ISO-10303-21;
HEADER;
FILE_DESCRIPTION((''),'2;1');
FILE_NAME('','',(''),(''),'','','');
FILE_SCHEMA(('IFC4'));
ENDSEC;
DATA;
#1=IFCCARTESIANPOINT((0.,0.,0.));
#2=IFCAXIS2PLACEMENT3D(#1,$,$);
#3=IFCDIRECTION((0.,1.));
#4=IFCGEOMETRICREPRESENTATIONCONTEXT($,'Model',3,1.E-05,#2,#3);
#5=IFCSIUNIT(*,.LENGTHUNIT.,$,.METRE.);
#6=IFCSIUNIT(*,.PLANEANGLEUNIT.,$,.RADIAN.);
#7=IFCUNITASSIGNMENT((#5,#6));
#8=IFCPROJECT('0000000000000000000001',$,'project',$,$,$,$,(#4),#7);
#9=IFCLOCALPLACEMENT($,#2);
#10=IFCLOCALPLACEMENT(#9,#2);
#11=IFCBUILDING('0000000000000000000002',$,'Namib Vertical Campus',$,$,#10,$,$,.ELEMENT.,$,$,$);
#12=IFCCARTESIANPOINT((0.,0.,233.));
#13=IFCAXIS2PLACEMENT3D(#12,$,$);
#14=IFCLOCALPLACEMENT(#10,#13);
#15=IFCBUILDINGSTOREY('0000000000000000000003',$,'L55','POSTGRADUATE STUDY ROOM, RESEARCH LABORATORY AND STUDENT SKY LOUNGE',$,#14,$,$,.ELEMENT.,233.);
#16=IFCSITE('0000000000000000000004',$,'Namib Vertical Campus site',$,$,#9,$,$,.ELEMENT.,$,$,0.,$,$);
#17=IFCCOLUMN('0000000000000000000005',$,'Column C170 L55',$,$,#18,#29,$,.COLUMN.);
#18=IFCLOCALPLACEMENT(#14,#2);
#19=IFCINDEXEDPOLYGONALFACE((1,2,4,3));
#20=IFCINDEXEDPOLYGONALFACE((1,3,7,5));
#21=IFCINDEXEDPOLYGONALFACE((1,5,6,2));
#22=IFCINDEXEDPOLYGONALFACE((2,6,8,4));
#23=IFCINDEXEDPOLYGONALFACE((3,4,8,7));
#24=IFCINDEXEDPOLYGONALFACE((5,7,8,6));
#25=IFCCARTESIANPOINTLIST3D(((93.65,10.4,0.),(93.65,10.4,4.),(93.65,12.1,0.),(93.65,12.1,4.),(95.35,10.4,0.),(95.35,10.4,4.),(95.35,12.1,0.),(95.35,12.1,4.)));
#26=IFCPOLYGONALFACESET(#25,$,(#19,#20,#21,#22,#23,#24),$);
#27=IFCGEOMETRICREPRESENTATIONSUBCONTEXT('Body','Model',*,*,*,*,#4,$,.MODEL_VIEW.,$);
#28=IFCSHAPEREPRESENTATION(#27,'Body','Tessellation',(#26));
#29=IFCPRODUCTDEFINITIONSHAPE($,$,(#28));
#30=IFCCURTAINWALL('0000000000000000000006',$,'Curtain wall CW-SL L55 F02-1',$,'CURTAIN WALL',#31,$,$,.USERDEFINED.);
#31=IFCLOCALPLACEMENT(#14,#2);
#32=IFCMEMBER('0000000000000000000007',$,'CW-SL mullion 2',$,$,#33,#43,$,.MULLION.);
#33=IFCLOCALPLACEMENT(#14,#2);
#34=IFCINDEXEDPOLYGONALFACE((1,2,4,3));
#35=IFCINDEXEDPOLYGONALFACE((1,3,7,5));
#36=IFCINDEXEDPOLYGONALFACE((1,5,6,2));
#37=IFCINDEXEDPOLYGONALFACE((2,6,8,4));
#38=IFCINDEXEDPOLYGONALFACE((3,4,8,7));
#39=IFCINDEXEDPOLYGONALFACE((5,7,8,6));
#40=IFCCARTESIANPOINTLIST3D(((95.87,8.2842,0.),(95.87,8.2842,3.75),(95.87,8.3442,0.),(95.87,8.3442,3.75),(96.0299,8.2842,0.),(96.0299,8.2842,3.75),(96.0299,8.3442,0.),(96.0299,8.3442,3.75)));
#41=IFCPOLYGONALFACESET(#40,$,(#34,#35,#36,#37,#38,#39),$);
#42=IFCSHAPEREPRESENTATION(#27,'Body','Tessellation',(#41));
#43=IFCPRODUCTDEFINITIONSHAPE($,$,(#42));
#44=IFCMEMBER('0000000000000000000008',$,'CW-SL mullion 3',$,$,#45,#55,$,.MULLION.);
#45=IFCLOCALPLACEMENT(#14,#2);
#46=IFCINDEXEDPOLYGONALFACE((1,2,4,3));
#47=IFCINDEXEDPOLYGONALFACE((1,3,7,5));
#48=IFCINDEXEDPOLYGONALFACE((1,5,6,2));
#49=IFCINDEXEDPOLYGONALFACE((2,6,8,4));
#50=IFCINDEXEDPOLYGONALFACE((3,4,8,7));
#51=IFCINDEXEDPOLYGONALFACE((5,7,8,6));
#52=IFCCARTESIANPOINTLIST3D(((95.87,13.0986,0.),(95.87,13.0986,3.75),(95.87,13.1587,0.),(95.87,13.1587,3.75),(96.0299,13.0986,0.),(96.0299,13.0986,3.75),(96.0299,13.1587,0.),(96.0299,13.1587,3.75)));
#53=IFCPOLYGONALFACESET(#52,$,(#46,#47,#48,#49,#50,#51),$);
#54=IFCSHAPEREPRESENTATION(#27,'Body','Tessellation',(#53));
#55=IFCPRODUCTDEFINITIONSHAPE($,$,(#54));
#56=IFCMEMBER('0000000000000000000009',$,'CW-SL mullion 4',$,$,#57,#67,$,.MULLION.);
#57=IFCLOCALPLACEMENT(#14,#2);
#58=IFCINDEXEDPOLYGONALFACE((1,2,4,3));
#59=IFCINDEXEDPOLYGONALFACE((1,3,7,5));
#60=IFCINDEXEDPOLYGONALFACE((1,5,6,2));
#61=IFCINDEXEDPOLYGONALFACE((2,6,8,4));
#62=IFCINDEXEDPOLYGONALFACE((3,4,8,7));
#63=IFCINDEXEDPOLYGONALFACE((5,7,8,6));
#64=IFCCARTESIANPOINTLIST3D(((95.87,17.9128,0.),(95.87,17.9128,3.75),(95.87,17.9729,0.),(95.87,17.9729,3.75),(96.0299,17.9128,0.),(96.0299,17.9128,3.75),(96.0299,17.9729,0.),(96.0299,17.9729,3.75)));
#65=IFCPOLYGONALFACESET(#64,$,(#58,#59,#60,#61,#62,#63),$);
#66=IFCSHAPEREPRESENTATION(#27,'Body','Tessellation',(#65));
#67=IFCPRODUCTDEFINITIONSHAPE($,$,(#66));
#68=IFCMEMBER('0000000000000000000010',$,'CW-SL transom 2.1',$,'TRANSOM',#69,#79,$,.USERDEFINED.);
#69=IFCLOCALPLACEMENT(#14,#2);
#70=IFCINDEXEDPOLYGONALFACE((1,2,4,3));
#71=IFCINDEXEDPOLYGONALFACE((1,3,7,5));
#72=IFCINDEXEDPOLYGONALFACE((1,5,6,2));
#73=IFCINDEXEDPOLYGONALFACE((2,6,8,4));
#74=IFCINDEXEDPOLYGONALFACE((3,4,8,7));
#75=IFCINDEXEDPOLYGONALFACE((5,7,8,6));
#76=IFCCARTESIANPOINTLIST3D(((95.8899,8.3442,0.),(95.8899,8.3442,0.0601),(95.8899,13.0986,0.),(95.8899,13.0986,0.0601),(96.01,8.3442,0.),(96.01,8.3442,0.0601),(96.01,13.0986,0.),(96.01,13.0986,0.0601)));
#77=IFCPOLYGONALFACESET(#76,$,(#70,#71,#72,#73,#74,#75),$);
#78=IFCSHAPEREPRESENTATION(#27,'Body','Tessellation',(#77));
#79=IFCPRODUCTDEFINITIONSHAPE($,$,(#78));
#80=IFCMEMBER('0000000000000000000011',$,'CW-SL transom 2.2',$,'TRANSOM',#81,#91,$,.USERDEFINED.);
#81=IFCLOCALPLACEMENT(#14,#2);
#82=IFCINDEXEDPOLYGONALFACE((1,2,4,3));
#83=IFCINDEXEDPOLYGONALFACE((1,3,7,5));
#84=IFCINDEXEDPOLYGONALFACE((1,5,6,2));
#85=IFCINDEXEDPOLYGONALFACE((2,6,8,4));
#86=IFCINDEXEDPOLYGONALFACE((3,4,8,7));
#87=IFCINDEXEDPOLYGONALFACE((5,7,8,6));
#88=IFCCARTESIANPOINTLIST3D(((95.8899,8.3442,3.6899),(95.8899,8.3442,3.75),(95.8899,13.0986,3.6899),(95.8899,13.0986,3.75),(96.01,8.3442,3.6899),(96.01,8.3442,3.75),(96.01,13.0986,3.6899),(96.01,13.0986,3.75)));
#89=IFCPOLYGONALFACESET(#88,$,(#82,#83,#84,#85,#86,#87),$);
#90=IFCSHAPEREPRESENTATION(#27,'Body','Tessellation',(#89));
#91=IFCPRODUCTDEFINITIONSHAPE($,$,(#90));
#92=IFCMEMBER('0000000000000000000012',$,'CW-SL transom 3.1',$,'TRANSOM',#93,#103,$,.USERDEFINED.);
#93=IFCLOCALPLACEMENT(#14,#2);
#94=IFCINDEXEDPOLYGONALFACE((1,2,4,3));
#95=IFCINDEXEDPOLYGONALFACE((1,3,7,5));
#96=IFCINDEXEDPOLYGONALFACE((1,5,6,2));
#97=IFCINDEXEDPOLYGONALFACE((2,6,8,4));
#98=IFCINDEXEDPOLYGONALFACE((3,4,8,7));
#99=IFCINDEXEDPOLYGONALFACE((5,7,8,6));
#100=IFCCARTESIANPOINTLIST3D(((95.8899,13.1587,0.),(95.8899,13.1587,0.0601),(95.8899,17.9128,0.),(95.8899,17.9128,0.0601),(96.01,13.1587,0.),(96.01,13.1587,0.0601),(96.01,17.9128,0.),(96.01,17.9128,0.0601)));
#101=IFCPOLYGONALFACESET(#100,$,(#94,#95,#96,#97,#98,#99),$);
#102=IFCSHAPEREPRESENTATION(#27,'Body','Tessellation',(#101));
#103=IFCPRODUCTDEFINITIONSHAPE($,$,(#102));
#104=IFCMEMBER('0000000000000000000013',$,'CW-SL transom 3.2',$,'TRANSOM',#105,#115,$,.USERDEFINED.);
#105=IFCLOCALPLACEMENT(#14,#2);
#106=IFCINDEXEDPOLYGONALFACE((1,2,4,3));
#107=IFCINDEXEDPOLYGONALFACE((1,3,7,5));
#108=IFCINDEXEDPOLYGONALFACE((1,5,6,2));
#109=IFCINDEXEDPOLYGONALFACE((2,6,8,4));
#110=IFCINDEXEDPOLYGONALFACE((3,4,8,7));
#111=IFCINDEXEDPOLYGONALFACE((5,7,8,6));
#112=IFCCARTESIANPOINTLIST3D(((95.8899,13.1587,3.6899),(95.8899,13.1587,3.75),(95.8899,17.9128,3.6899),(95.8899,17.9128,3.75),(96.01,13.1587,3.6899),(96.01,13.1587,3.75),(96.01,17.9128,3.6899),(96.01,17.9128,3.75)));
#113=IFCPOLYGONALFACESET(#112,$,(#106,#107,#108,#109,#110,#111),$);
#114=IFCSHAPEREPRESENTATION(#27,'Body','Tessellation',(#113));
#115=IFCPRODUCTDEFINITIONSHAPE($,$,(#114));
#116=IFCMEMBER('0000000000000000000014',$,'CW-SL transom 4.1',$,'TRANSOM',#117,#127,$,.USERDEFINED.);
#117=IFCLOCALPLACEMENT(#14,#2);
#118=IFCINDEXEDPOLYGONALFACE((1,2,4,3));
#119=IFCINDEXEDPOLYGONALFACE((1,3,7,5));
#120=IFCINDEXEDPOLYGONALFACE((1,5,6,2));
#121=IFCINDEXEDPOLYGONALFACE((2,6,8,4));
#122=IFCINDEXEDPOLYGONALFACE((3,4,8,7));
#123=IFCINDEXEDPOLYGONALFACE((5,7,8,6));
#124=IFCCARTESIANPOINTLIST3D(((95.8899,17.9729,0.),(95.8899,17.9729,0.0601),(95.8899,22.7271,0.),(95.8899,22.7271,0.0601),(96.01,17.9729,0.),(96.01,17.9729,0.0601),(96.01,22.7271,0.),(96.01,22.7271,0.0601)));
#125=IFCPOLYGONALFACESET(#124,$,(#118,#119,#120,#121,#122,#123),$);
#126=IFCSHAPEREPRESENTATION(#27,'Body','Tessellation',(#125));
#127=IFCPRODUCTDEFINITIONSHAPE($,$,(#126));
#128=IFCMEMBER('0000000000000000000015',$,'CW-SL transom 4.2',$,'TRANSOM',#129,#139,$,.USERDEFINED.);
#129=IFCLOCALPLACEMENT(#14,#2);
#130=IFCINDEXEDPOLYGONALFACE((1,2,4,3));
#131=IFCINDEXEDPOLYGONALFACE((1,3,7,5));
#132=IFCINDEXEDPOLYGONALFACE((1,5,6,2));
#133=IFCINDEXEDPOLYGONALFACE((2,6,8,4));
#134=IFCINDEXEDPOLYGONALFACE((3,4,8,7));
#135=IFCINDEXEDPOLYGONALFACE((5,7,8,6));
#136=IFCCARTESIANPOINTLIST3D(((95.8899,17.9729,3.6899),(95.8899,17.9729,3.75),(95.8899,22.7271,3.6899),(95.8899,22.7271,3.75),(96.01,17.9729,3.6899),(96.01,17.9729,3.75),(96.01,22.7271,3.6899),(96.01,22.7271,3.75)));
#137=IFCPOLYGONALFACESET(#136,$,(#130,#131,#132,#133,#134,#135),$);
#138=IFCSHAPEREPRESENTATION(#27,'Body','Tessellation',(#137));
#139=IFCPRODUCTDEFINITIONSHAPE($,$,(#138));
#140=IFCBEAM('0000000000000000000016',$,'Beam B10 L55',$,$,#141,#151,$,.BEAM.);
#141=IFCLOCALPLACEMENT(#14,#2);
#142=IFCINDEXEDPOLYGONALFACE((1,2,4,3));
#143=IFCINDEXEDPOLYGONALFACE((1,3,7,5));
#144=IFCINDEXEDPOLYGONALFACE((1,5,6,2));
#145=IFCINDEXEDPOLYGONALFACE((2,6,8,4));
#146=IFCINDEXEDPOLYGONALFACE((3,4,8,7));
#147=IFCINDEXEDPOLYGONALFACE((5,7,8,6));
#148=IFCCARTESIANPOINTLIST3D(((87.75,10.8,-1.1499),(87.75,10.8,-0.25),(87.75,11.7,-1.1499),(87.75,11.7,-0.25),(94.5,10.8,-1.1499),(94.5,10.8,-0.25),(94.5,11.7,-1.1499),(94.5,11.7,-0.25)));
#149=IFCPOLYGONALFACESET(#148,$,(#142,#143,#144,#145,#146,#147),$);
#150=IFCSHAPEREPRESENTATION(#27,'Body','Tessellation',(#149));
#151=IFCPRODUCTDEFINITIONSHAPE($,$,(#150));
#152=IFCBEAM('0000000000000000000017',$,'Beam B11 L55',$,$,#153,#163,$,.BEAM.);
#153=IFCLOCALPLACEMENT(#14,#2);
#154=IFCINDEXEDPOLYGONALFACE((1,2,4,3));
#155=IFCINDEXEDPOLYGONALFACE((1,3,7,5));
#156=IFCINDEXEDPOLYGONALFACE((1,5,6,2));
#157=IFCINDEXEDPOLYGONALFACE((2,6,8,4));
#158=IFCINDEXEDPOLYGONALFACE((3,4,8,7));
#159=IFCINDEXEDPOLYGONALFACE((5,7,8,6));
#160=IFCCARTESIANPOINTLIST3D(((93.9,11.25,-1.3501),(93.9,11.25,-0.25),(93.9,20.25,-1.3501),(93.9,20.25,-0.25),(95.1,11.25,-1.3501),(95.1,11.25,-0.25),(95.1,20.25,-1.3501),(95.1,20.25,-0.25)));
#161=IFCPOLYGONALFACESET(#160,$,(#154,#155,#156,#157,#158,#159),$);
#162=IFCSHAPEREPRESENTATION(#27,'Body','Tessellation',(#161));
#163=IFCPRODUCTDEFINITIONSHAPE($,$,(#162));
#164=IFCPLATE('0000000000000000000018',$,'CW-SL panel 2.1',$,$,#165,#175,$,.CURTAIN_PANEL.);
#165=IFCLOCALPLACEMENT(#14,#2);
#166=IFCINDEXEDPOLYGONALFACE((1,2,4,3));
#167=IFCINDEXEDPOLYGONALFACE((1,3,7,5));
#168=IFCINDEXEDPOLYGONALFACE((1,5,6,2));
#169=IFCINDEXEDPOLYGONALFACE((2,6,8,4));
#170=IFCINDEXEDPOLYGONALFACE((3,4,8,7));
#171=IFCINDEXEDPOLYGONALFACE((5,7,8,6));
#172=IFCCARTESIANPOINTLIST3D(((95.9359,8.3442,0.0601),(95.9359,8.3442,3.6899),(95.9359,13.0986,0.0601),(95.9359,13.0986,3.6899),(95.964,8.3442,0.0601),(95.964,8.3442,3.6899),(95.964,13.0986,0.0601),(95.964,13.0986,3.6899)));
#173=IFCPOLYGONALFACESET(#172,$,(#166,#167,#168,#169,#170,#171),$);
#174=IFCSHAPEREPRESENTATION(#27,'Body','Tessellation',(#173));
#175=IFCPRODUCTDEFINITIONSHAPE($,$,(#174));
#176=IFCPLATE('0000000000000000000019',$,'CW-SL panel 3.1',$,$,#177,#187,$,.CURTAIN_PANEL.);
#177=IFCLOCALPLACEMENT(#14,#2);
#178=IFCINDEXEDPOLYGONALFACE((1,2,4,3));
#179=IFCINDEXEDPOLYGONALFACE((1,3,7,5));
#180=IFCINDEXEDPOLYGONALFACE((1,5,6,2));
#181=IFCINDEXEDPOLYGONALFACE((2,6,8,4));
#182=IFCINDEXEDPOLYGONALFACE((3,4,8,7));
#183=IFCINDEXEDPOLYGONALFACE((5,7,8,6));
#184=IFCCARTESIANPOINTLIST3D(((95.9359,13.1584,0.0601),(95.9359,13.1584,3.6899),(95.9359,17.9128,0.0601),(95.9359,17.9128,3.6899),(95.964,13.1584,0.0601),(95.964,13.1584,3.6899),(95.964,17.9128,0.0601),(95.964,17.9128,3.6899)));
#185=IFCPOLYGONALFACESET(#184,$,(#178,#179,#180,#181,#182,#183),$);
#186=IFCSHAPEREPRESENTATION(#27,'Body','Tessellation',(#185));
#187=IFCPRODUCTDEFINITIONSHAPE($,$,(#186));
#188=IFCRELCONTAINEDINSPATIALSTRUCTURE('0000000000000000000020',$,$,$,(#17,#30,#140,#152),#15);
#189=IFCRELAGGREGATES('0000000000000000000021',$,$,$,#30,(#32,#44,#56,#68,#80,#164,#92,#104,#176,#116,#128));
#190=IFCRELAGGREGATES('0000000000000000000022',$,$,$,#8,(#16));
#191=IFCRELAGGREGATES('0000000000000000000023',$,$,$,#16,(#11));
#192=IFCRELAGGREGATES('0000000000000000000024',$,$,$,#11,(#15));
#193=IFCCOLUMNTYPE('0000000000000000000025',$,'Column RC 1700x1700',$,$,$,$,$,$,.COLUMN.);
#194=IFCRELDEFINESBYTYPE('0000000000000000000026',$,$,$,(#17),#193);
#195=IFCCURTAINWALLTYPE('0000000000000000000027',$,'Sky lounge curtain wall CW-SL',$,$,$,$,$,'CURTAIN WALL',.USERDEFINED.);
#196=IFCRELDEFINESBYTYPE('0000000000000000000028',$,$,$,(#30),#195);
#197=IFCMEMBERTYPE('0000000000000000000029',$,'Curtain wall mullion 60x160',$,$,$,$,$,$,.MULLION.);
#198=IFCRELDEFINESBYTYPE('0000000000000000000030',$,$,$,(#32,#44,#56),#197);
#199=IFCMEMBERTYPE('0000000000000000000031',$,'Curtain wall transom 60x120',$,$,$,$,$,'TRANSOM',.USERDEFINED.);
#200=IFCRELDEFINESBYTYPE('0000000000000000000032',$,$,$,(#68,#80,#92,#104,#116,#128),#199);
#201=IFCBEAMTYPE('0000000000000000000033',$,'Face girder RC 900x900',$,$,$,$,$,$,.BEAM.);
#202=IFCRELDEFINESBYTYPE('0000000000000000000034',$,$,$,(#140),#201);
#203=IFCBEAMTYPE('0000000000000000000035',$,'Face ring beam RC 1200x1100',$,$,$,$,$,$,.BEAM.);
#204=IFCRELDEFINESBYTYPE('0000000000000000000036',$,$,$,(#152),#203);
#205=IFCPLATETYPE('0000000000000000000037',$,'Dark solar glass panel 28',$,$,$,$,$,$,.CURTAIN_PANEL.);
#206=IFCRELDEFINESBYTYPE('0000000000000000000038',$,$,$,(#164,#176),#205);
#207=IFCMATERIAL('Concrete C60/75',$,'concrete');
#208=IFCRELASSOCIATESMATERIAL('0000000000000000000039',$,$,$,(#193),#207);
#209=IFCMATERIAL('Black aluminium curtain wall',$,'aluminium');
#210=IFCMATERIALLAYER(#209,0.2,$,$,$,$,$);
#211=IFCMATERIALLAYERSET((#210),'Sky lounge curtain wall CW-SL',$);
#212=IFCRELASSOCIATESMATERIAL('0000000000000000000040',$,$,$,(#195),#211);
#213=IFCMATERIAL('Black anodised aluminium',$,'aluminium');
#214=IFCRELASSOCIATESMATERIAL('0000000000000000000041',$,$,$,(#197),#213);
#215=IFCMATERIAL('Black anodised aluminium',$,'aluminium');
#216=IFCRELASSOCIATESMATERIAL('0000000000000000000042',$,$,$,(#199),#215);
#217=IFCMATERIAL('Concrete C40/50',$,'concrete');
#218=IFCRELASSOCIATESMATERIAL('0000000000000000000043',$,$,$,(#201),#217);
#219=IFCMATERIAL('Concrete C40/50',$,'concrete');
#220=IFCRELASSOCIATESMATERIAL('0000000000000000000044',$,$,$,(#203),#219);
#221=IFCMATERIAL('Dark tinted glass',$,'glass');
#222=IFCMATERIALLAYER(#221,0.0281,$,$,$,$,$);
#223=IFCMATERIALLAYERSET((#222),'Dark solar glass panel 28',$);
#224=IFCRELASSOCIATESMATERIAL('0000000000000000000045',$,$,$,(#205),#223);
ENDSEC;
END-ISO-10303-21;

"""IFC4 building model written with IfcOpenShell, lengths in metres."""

from ifc_helpers import new_model, si_unit, direction, frame, origin, origin_2d, place, context, subcontext, project, spatial, rectangle, extrude, material, layer, layer_set, material_profile, profile_set, type_object, element, aggregate, save


model = new_model("IFC4")

# Units and contexts
model_context = context("Model", 3, precision=1e-05, world=origin(), true_north=direction((0.0, 1.0)))
body_context = subcontext(model_context, "Body", "Model", "MODEL_VIEW")
ifc_project = project(units=[si_unit("LENGTHUNIT", "METRE"), si_unit("PLANEANGLEUNIT", "RADIAN")], contexts=[model_context])

# Site, building, storey
site_placement = place(None, origin())
site = spatial("IfcSite", under=ifc_project, at=site_placement, Name="Namib Vertical Campus site", CompositionType="ELEMENT", RefElevation=0.0)
building_placement = place(site_placement, origin())
building = spatial("IfcBuilding", under=site, at=building_placement, Name="Namib Vertical Campus", CompositionType="ELEMENT")
storey_placement = place(building_placement, frame((0.0, 0.0, 233.0)))
storey = spatial("IfcBuildingStorey", under=building, at=storey_placement, Name="L55", Description="POSTGRADUATE STUDY ROOM, RESEARCH LABORATORY AND STUDENT SKY LOUNGE", CompositionType="ELEMENT", Elevation=233.0)

# Column
ifc_material_1 = material(Name="Concrete C60/75", Category="concrete")
ifc_material_profile_1 = material_profile(ifc_material_1, rectangle(XDim=1.7, YDim=1.7, at=origin_2d()))
ifc_profile_set_1 = profile_set([ifc_material_profile_1], Name="Concrete C60/75")
column_type = type_object("IfcColumnType", Name="Column RC 1700x1700", PredefinedType="COLUMN", material=ifc_profile_set_1)
column_placement = place(storey_placement, frame((94.5, 11.25, 0.0), z_axis=(0.0, 0.0, 1.0), x_axis=(1.0, 0.0, 0.0)))
element("IfcColumn", 1, at=column_placement, inside=storey, type_object=column_type, Name="Column C170 L55", PredefinedType="COLUMN", context=body_context, shape_type="SweptSolid", body=[
    extrude(rectangle(XDim=1.7, YDim=1.7, at=origin_2d()), origin(), (0.0, 0.0, 1.0), 4.0),
])

# Curtain wall, members
ifc_material_2 = material(Name="Black aluminium curtain wall", Category="aluminium")
ifc_layer_1 = layer(ifc_material_2, 0.2)
ifc_layer_set_1 = layer_set([ifc_layer_1], Name="Sky lounge curtain wall CW-SL")
curtain_wall_type = type_object("IfcCurtainWallType", Name="Sky lounge curtain wall CW-SL", ElementType="CURTAIN WALL", PredefinedType="USERDEFINED", material=ifc_layer_set_1)
curtain_wall_placement = place(storey_placement, origin())
curtain_wall = element("IfcCurtainWall", 2, at=curtain_wall_placement, inside=storey, type_object=curtain_wall_type, Name="Curtain wall CW-SL L55 F02-1", ObjectType="CURTAIN WALL", PredefinedType="USERDEFINED")
ifc_material_3 = material(Name="Black anodised aluminium", Category="aluminium")
ifc_material_profile_2 = material_profile(ifc_material_3, rectangle(XDim=0.0601, YDim=0.1599, at=origin_2d()))
ifc_profile_set_2 = profile_set([ifc_material_profile_2], Name="Black anodised aluminium")
member_type_1 = type_object("IfcMemberType", Name="Curtain wall mullion 60x160", PredefinedType="MULLION", material=ifc_profile_set_2)
member_1_placement = place(storey_placement, frame((95.95, 8.3142, 0.0), z_axis=(0.0, 0.0, 1.0), x_axis=(0.0, 1.0, 0.0)))
member_1 = element("IfcMember", 3, at=member_1_placement, type_object=member_type_1, Name="CW-SL mullion 2", PredefinedType="MULLION", context=body_context, shape_type="SweptSolid", body=[
    extrude(rectangle(XDim=0.0601, YDim=0.1599, at=origin_2d()), origin(), (0.0, 0.0, 1.0), 3.75),
])
member_2_placement = place(storey_placement, frame((95.95, 13.1287, 0.0), z_axis=(0.0, 0.0, 1.0), x_axis=(0.0, 1.0, 0.0)))
member_2 = element("IfcMember", 4, at=member_2_placement, type_object=member_type_1, Name="CW-SL mullion 3", PredefinedType="MULLION", context=body_context, shape_type="SweptSolid", body=[
    extrude(rectangle(XDim=0.0601, YDim=0.1599, at=origin_2d()), origin(), (0.0, 0.0, 1.0), 3.75),
])
member_3_placement = place(storey_placement, frame((95.95, 17.9429, 0.0), z_axis=(0.0, 0.0, 1.0), x_axis=(0.0, 1.0, 0.0)))
member_3 = element("IfcMember", 5, at=member_3_placement, type_object=member_type_1, Name="CW-SL mullion 4", PredefinedType="MULLION", context=body_context, shape_type="SweptSolid", body=[
    extrude(rectangle(XDim=0.0601, YDim=0.1599, at=origin_2d()), origin(), (0.0, 0.0, 1.0), 3.75),
])
ifc_material_4 = material(Name="Black anodised aluminium", Category="aluminium")
ifc_material_profile_3 = material_profile(ifc_material_4, rectangle(XDim=0.0601, YDim=0.1201, at=origin_2d()))
ifc_profile_set_3 = profile_set([ifc_material_profile_3], Name="Black anodised aluminium")
member_type_2 = type_object("IfcMemberType", Name="Curtain wall transom 60x120", ElementType="TRANSOM", PredefinedType="USERDEFINED", material=ifc_profile_set_3)
member_4_placement = place(storey_placement, frame((95.95, 8.3442, 0.03), z_axis=(0.0, 1.0, 0.0), x_axis=(0.0, 0.0, 1.0)))
member_4 = element("IfcMember", 6, at=member_4_placement, type_object=member_type_2, Name="CW-SL transom 2.1", ObjectType="TRANSOM", PredefinedType="USERDEFINED", context=body_context, shape_type="SweptSolid", body=[
    extrude(rectangle(XDim=0.0601, YDim=0.1201, at=origin_2d()), origin(), (0.0, 0.0, 1.0), 4.7544),
])
member_5_placement = place(storey_placement, frame((95.95, 8.3442, 3.72), z_axis=(0.0, 1.0, 0.0), x_axis=(0.0, 0.0, 1.0)))
member_5 = element("IfcMember", 7, at=member_5_placement, type_object=member_type_2, Name="CW-SL transom 2.2", ObjectType="TRANSOM", PredefinedType="USERDEFINED", context=body_context, shape_type="SweptSolid", body=[
    extrude(rectangle(XDim=0.0601, YDim=0.1201, at=origin_2d()), origin(), (0.0, 0.0, 1.0), 4.7544),
])
member_6_placement = place(storey_placement, frame((95.95, 13.1587, 0.03), z_axis=(0.0, 1.0, 0.0), x_axis=(0.0, 0.0, 1.0)))
member_6 = element("IfcMember", 8, at=member_6_placement, type_object=member_type_2, Name="CW-SL transom 3.1", ObjectType="TRANSOM", PredefinedType="USERDEFINED", context=body_context, shape_type="SweptSolid", body=[
    extrude(rectangle(XDim=0.0601, YDim=0.1201, at=origin_2d()), origin(), (0.0, 0.0, 1.0), 4.7542),
])
member_7_placement = place(storey_placement, frame((95.95, 13.1587, 3.72), z_axis=(0.0, 1.0, 0.0), x_axis=(0.0, 0.0, 1.0)))
member_7 = element("IfcMember", 9, at=member_7_placement, type_object=member_type_2, Name="CW-SL transom 3.2", ObjectType="TRANSOM", PredefinedType="USERDEFINED", context=body_context, shape_type="SweptSolid", body=[
    extrude(rectangle(XDim=0.0601, YDim=0.1201, at=origin_2d()), origin(), (0.0, 0.0, 1.0), 4.7542),
])
member_8_placement = place(storey_placement, frame((95.95, 17.9729, 0.03), z_axis=(0.0, 1.0, 0.0), x_axis=(0.0, 0.0, 1.0)))
member_8 = element("IfcMember", 10, at=member_8_placement, type_object=member_type_2, Name="CW-SL transom 4.1", ObjectType="TRANSOM", PredefinedType="USERDEFINED", context=body_context, shape_type="SweptSolid", body=[
    extrude(rectangle(XDim=0.0601, YDim=0.1201, at=origin_2d()), origin(), (0.0, 0.0, 1.0), 4.7542),
])
member_9_placement = place(storey_placement, frame((95.95, 17.9729, 3.72), z_axis=(0.0, 1.0, 0.0), x_axis=(0.0, 0.0, 1.0)))
member_9 = element("IfcMember", 11, at=member_9_placement, type_object=member_type_2, Name="CW-SL transom 4.2", ObjectType="TRANSOM", PredefinedType="USERDEFINED", context=body_context, shape_type="SweptSolid", body=[
    extrude(rectangle(XDim=0.0601, YDim=0.1201, at=origin_2d()), origin(), (0.0, 0.0, 1.0), 4.7542),
])

# Beams
ifc_material_5 = material(Name="Concrete C40/50", Category="concrete")
ifc_material_profile_4 = material_profile(ifc_material_5, rectangle(XDim=0.8999, YDim=0.8999, at=origin_2d()))
ifc_profile_set_4 = profile_set([ifc_material_profile_4], Name="Concrete C40/50")
beam_type_1 = type_object("IfcBeamType", Name="Face girder RC 900x900", PredefinedType="BEAM", material=ifc_profile_set_4)
beam_1_placement = place(storey_placement, frame((94.5, 11.25, -0.7), z_axis=(-1.0, 0.0, 0.0), x_axis=(0.0, -1.0, 0.0)))
element("IfcBeam", 12, at=beam_1_placement, inside=storey, type_object=beam_type_1, Name="Beam B10 L55", PredefinedType="BEAM", context=body_context, shape_type="SweptSolid", body=[
    extrude(rectangle(XDim=0.8999, YDim=0.8999, at=origin_2d()), origin(), (0.0, 0.0, 1.0), 6.75),
])
ifc_material_6 = material(Name="Concrete C40/50", Category="concrete")
ifc_material_profile_5 = material_profile(ifc_material_6, rectangle(XDim=1.2, YDim=1.1001, at=origin_2d()))
ifc_profile_set_5 = profile_set([ifc_material_profile_5], Name="Concrete C40/50")
beam_type_2 = type_object("IfcBeamType", Name="Face ring beam RC 1200x1100", PredefinedType="BEAM", material=ifc_profile_set_5)
beam_2_placement = place(storey_placement, frame((94.5, 11.25, -0.8), z_axis=(0.0, 1.0, 0.0), x_axis=(-1.0, 0.0, 0.0)))
element("IfcBeam", 13, at=beam_2_placement, inside=storey, type_object=beam_type_2, Name="Beam B11 L55", PredefinedType="BEAM", context=body_context, shape_type="SweptSolid", body=[
    extrude(rectangle(XDim=1.2, YDim=1.1001, at=origin_2d()), origin(), (0.0, 0.0, 1.0), 9.0),
])

# Plates
ifc_material_7 = material(Name="Dark tinted glass", Category="glass")
ifc_layer_2 = layer(ifc_material_7, 0.0281)
ifc_layer_set_2 = layer_set([ifc_layer_2], Name="Dark solar glass panel 28")
plate_type = type_object("IfcPlateType", Name="Dark solar glass panel 28", PredefinedType="CURTAIN_PANEL", material=ifc_layer_set_2)
plate_1_placement = place(storey_placement, frame((95.95, 10.7214, 0.0601), z_axis=(0.0, 0.0, 1.0), x_axis=(0.0, 1.0, 0.0)))
plate_1 = element("IfcPlate", 14, at=plate_1_placement, type_object=plate_type, Name="CW-SL panel 2.1", PredefinedType="CURTAIN_PANEL", context=body_context, shape_type="SweptSolid", body=[
    extrude(rectangle(XDim=4.7544, YDim=0.0281, at=origin_2d()), origin(), (0.0, 0.0, 1.0), 3.6299),
])
plate_2_placement = place(storey_placement, frame((95.95, 15.5356, 0.0601), z_axis=(0.0, 0.0, 1.0), x_axis=(0.0, 1.0, 0.0)))
plate_2 = element("IfcPlate", 15, at=plate_2_placement, type_object=plate_type, Name="CW-SL panel 3.1", PredefinedType="CURTAIN_PANEL", context=body_context, shape_type="SweptSolid", body=[
    extrude(rectangle(XDim=4.7544, YDim=0.0281, at=origin_2d()), origin(), (0.0, 0.0, 1.0), 3.6299),
])
aggregate(curtain_wall, [member_1, member_2, member_3, member_4, member_5, plate_1, member_6, member_7, plate_2, member_8, member_9])

save(model, "model.ifc")
